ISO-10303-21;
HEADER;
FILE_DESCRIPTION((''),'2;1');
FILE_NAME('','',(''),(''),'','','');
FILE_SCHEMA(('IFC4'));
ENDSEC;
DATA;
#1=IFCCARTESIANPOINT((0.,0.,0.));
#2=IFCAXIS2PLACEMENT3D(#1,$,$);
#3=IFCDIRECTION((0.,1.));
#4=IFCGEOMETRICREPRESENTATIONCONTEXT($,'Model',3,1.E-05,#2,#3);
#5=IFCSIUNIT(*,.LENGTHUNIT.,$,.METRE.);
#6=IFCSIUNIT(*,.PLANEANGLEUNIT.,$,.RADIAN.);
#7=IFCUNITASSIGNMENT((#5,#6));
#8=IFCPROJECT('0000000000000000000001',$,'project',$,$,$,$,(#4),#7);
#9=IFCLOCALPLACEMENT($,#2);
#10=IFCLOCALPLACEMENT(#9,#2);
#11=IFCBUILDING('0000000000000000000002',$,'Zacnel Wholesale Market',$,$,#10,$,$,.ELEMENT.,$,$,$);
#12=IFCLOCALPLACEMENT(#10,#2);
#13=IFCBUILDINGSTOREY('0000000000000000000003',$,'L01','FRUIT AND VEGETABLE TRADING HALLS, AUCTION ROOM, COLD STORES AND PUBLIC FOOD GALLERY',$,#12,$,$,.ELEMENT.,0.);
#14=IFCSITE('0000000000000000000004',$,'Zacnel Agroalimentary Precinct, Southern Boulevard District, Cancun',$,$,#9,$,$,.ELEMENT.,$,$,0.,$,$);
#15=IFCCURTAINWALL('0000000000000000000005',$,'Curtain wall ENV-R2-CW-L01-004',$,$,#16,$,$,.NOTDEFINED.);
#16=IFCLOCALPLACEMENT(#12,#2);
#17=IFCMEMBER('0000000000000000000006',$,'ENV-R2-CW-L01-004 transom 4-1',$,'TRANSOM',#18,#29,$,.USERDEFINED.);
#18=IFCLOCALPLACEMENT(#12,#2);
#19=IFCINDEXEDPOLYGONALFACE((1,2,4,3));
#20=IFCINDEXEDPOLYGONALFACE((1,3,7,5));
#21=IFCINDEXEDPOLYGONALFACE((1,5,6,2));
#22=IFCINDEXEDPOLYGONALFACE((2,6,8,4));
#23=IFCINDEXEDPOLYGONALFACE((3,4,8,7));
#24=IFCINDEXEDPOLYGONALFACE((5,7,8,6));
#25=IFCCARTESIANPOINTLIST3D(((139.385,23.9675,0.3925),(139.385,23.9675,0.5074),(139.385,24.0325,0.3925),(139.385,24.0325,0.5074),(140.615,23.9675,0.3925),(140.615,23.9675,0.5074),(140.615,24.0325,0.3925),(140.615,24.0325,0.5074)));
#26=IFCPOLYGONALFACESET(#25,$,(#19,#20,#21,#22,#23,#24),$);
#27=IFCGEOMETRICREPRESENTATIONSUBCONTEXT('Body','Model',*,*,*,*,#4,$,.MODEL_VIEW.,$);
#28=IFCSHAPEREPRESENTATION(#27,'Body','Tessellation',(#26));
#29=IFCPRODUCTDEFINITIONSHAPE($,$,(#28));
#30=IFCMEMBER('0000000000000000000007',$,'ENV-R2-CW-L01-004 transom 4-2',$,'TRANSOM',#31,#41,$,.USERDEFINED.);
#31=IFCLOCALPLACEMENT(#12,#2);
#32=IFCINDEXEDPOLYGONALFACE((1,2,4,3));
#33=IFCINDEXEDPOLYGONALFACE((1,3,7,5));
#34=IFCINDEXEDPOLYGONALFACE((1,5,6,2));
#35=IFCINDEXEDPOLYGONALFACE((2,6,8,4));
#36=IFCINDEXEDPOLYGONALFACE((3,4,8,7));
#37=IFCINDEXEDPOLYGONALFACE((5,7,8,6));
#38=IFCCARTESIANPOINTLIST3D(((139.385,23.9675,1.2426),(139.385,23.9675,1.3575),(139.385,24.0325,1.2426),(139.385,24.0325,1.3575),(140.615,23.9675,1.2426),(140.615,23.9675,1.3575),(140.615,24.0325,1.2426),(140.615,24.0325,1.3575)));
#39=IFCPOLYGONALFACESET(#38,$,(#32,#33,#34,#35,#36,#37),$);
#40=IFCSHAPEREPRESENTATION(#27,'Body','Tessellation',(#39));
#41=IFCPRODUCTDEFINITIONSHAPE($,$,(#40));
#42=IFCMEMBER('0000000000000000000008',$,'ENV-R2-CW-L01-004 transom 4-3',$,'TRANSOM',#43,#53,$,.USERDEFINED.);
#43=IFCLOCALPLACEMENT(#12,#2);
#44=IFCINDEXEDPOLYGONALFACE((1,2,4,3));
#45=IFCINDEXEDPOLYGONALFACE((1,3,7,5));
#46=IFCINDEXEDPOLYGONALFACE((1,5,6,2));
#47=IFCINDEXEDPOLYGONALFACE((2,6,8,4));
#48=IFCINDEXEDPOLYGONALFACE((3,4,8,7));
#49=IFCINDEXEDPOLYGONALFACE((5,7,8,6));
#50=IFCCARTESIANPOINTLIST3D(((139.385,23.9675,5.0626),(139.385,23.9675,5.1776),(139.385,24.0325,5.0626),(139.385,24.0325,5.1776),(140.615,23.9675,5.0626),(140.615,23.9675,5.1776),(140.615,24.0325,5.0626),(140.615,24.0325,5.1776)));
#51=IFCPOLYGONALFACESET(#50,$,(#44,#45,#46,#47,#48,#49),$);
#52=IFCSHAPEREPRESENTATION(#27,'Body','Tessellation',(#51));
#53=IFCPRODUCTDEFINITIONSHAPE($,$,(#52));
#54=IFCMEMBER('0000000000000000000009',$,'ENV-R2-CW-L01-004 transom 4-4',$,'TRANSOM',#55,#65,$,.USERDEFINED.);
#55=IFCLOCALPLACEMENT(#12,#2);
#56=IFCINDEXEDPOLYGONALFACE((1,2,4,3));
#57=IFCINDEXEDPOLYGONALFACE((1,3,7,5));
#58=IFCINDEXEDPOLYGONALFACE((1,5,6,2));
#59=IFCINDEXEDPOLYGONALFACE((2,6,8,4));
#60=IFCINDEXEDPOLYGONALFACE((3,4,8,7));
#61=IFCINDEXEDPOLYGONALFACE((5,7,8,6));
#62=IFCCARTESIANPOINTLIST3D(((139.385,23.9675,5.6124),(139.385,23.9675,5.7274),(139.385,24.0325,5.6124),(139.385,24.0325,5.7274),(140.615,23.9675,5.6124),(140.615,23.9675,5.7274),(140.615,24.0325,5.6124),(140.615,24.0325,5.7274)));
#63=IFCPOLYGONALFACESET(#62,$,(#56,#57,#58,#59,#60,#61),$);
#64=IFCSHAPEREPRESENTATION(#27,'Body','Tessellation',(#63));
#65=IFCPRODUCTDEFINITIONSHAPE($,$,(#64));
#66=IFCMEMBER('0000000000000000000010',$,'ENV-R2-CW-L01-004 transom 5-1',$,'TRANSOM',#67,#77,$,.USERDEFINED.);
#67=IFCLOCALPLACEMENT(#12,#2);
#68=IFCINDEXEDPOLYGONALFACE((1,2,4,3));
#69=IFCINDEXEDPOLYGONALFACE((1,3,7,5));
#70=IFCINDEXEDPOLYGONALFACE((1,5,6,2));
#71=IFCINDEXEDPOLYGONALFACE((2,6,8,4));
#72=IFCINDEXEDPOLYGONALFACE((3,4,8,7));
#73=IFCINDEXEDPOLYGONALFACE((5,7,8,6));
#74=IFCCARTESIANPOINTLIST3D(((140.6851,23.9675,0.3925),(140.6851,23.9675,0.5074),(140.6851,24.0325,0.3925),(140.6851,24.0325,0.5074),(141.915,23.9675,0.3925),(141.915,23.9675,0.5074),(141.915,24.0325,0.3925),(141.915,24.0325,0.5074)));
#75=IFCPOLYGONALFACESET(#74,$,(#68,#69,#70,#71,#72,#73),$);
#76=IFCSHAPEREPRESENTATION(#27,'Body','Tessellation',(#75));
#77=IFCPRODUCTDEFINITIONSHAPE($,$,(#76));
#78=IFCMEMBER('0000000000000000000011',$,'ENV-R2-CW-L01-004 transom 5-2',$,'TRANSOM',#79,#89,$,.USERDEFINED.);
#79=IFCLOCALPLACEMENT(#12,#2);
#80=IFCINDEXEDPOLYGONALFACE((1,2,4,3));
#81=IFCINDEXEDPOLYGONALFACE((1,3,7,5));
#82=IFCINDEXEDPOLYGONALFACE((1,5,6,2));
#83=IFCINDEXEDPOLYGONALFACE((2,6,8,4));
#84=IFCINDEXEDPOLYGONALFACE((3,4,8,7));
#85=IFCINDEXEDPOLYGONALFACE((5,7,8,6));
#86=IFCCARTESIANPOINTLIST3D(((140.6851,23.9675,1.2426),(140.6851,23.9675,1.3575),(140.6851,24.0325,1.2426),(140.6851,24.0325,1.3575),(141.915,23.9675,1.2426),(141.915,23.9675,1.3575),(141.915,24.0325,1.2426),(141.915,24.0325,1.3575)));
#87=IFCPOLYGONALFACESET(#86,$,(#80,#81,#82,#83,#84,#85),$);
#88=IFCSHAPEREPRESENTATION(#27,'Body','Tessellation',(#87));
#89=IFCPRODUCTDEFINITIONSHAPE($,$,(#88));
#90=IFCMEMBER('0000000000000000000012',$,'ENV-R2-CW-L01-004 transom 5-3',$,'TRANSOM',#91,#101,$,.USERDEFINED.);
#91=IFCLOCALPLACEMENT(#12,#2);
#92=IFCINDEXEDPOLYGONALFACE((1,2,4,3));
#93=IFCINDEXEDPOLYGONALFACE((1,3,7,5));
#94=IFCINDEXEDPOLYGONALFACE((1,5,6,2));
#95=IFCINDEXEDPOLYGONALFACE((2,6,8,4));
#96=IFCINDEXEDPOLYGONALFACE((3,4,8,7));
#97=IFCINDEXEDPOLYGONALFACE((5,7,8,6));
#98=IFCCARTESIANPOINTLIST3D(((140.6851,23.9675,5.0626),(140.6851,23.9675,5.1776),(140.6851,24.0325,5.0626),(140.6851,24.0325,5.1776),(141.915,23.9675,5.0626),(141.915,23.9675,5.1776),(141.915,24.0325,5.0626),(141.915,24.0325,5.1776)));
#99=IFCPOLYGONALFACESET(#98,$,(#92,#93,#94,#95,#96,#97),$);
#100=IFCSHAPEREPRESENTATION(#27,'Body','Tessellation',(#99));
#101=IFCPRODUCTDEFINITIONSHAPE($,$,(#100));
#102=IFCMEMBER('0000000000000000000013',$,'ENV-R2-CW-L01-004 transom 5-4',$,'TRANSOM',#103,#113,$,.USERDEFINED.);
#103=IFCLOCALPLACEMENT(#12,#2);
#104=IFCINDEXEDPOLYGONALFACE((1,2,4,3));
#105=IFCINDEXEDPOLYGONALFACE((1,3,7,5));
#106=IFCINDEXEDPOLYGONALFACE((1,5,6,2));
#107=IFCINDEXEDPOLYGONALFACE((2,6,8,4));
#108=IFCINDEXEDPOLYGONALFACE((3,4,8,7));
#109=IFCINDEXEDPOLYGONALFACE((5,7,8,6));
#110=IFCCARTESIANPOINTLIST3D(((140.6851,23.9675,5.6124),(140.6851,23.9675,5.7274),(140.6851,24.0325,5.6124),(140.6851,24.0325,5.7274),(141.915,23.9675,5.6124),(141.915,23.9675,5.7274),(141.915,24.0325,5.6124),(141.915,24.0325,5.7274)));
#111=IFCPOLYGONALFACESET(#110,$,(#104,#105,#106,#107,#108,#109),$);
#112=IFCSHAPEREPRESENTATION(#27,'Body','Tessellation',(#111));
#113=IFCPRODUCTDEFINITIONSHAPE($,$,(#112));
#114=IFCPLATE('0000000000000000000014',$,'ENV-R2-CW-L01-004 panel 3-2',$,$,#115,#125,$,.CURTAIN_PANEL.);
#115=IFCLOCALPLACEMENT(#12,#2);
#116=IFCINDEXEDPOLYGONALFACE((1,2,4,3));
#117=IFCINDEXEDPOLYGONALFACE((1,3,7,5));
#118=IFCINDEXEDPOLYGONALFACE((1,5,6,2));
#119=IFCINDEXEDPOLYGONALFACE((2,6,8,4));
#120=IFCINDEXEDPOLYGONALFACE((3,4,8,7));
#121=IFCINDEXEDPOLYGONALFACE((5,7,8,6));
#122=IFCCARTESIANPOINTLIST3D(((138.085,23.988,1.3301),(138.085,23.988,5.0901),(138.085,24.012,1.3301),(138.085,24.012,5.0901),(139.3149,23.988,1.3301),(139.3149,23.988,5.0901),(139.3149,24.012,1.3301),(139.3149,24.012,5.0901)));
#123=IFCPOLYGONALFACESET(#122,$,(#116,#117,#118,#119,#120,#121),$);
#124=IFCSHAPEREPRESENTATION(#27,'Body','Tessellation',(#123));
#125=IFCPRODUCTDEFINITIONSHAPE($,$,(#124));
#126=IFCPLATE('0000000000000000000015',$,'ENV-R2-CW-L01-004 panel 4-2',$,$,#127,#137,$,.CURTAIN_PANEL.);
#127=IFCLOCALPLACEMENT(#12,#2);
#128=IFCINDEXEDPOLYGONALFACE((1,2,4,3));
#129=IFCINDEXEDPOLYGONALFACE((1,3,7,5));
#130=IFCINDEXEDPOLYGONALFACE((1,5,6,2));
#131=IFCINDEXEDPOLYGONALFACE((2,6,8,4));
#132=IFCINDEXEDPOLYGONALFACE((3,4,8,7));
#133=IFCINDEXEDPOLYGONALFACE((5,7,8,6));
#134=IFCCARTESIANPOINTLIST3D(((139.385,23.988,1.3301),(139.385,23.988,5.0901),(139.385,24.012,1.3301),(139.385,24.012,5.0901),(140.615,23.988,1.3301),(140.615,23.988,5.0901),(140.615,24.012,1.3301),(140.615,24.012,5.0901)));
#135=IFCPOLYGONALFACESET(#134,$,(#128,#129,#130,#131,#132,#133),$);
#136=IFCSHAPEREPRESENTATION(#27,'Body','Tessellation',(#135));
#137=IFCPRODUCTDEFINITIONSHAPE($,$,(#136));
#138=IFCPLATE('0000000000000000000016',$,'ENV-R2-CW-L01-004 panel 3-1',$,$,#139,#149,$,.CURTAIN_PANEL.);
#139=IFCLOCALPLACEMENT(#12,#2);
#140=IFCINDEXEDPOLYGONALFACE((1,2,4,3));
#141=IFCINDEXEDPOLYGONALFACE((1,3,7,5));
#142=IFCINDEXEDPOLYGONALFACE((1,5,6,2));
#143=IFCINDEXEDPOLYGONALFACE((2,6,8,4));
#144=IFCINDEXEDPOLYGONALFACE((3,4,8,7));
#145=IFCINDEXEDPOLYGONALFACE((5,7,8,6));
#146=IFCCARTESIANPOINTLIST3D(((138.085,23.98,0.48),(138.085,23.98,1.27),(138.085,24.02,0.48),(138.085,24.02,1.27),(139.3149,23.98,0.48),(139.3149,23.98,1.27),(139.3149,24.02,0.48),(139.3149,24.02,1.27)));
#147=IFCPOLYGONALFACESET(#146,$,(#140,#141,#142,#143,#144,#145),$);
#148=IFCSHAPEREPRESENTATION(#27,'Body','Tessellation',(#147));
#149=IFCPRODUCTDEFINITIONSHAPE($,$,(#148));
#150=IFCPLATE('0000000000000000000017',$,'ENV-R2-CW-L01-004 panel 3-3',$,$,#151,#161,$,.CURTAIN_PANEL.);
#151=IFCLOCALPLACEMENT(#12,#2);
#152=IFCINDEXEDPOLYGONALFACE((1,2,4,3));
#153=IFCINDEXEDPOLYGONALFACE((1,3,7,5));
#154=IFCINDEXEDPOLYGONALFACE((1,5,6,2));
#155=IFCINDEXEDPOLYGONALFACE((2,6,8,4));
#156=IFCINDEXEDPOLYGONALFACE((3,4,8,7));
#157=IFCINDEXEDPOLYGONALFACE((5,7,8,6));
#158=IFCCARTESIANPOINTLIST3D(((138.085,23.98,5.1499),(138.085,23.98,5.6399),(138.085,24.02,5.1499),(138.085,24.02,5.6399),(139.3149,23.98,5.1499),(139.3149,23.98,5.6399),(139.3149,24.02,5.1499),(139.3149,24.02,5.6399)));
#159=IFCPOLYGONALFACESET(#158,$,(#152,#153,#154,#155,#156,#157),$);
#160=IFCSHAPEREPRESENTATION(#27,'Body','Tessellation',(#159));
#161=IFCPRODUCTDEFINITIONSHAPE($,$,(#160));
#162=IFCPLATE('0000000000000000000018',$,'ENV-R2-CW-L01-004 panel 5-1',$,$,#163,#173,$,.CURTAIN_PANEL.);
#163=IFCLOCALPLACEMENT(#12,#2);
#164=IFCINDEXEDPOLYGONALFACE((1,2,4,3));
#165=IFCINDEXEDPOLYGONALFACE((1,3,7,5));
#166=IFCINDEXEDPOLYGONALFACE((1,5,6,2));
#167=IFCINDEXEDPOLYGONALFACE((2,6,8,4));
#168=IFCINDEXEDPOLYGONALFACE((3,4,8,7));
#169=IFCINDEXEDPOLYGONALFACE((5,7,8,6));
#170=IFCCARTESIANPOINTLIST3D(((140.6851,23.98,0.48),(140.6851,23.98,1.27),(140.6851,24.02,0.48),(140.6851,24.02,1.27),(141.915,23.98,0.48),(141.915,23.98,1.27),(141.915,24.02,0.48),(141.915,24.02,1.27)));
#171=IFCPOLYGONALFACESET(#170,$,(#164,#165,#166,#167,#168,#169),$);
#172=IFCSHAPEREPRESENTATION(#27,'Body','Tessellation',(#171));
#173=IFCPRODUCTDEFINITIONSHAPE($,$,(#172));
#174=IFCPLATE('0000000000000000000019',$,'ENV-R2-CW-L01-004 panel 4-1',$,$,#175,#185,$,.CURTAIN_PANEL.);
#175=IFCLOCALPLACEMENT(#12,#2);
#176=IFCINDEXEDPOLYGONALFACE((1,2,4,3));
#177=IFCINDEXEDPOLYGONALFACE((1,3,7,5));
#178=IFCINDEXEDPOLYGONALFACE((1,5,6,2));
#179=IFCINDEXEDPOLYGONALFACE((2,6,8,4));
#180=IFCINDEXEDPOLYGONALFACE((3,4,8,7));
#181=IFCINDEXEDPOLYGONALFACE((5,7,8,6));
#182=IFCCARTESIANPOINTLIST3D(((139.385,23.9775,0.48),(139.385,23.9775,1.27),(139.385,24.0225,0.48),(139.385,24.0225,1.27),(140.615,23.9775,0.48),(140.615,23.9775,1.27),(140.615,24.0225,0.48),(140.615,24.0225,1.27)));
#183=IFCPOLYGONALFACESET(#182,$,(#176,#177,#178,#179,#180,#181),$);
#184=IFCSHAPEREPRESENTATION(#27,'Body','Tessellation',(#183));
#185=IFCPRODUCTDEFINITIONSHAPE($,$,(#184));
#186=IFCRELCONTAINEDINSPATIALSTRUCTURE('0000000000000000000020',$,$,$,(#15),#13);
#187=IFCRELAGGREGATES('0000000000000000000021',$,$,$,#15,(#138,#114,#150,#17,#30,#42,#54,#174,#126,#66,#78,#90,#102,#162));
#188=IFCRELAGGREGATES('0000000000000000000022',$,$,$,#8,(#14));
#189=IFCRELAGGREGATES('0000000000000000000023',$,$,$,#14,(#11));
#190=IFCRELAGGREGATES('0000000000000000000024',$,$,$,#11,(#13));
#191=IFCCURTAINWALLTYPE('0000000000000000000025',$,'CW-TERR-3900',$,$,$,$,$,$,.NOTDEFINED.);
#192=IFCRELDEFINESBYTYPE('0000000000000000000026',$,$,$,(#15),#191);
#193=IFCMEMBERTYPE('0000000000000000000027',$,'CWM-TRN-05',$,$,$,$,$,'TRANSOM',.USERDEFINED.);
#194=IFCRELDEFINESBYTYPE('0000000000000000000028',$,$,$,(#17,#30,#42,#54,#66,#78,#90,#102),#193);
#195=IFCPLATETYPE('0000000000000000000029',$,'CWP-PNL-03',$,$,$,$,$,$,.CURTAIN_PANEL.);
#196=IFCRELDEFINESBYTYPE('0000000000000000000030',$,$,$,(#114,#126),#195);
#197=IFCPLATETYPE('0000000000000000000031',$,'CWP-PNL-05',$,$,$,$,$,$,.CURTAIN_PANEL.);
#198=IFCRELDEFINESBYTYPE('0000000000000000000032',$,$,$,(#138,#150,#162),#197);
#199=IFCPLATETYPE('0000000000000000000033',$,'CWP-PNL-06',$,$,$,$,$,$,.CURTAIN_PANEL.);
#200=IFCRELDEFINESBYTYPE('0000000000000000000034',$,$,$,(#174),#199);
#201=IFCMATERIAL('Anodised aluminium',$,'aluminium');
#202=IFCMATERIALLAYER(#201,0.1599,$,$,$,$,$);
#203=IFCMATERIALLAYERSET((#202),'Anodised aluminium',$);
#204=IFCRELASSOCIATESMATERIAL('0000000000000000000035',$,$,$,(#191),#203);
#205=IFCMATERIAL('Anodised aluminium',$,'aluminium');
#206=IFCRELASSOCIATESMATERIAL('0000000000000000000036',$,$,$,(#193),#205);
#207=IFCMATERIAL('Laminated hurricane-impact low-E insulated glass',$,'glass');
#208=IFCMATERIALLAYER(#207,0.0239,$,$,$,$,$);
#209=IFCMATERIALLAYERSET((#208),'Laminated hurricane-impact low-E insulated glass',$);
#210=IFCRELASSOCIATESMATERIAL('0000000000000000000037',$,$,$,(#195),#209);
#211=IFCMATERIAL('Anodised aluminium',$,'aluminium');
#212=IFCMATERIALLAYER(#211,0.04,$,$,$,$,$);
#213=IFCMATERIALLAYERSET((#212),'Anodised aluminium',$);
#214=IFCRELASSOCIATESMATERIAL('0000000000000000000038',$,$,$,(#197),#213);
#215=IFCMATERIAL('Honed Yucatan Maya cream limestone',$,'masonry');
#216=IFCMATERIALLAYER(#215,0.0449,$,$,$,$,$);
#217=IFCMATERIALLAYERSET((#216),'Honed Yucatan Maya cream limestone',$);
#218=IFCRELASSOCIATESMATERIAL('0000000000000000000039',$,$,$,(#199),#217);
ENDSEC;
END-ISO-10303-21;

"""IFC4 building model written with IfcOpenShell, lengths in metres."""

from ifc_helpers import new_model, si_unit, direction, frame, origin, origin_2d, place, context, subcontext, project, spatial, rectangle, extrude, material, layer, layer_set, material_profile, profile_set, type_object, element, aggregate, save


model = new_model("IFC4")

# Units and contexts
model_context = context("Model", 3, precision=1e-05, world=origin(), true_north=direction((0.0, 1.0)))
body_context = subcontext(model_context, "Body", "Model", "MODEL_VIEW")
ifc_project = project(units=[si_unit("LENGTHUNIT", "METRE"), si_unit("PLANEANGLEUNIT", "RADIAN")], contexts=[model_context])

# Site, building, storey
site_placement = place(None, origin())
site = spatial("IfcSite", under=ifc_project, at=site_placement, Name="Zacnel Agroalimentary Precinct, Southern Boulevard District, Cancun", CompositionType="ELEMENT", RefElevation=0.0)
building_placement = place(site_placement, origin())
building = spatial("IfcBuilding", under=site, at=building_placement, Name="Zacnel Wholesale Market", CompositionType="ELEMENT")
storey_placement = place(building_placement, origin())
storey = spatial("IfcBuildingStorey", under=building, at=storey_placement, Name="L01", Description="FRUIT AND VEGETABLE TRADING HALLS, AUCTION ROOM, COLD STORES AND PUBLIC FOOD GALLERY", CompositionType="ELEMENT", Elevation=0.0)

# Curtain wall, members, plates
ifc_material_1 = material(Name="Anodised aluminium", Category="aluminium")
ifc_layer_1 = layer(ifc_material_1, 0.1599)
ifc_layer_set_1 = layer_set([ifc_layer_1], Name="Anodised aluminium")
curtain_wall_type = type_object("IfcCurtainWallType", Name="CW-TERR-3900", PredefinedType="NOTDEFINED", material=ifc_layer_set_1)
curtain_wall_placement = place(storey_placement, origin())
curtain_wall = element("IfcCurtainWall", 1, at=curtain_wall_placement, inside=storey, type_object=curtain_wall_type, Name="Curtain wall ENV-R2-CW-L01-004", PredefinedType="NOTDEFINED")
ifc_material_2 = material(Name="Anodised aluminium", Category="aluminium")
ifc_material_profile_1 = material_profile(ifc_material_2, rectangle(XDim=0.0649, YDim=0.115, at=origin_2d()), Name="AW-TRANSOM 65x115")
ifc_profile_set_1 = profile_set([ifc_material_profile_1], Name="Anodised aluminium")
member_type_1 = type_object("IfcMemberType", Name="CWM-TRN-05", ElementType="TRANSOM", PredefinedType="USERDEFINED", material=ifc_profile_set_1)
member_1_placement = place(storey_placement, frame((139.385, 24.0, 0.45), z_axis=(1.0, 0.0, 0.0), x_axis=(0.0, 1.0, 0.0)))
member_1 = element("IfcMember", 2, at=member_1_placement, type_object=member_type_1, Name="ENV-R2-CW-L01-004 transom 4-1", ObjectType="TRANSOM", PredefinedType="USERDEFINED", context=body_context, shape_type="SweptSolid", body=[
    extrude(rectangle(XDim=0.0649, YDim=0.115, at=origin_2d()), origin(), (0.0, 0.0, 1.0), 1.23),
])
member_2_placement = place(storey_placement, frame((139.385, 24.0, 1.3), z_axis=(1.0, 0.0, 0.0), x_axis=(0.0, 1.0, 0.0)))
member_2 = element("IfcMember", 3, at=member_2_placement, type_object=member_type_1, Name="ENV-R2-CW-L01-004 transom 4-2", ObjectType="TRANSOM", PredefinedType="USERDEFINED", context=body_context, shape_type="SweptSolid", body=[
    extrude(rectangle(XDim=0.0649, YDim=0.115, at=origin_2d()), origin(), (0.0, 0.0, 1.0), 1.23),
])
member_3_placement = place(storey_placement, frame((139.385, 24.0, 5.1201), z_axis=(1.0, 0.0, 0.0), x_axis=(0.0, 1.0, 0.0)))
member_3 = element("IfcMember", 4, at=member_3_placement, type_object=member_type_1, Name="ENV-R2-CW-L01-004 transom 4-3", ObjectType="TRANSOM", PredefinedType="USERDEFINED", context=body_context, shape_type="SweptSolid", body=[
    extrude(rectangle(XDim=0.0649, YDim=0.115, at=origin_2d()), origin(), (0.0, 0.0, 1.0), 1.23),
])
member_4_placement = place(storey_placement, frame((139.385, 24.0, 5.6699), z_axis=(1.0, 0.0, 0.0), x_axis=(0.0, 1.0, 0.0)))
member_4 = element("IfcMember", 5, at=member_4_placement, type_object=member_type_1, Name="ENV-R2-CW-L01-004 transom 4-4", ObjectType="TRANSOM", PredefinedType="USERDEFINED", context=body_context, shape_type="SweptSolid", body=[
    extrude(rectangle(XDim=0.0649, YDim=0.115, at=origin_2d()), origin(), (0.0, 0.0, 1.0), 1.23),
])
member_5_placement = place(storey_placement, frame((140.6851, 24.0, 0.45), z_axis=(1.0, 0.0, 0.0), x_axis=(0.0, 1.0, 0.0)))
member_5 = element("IfcMember", 6, at=member_5_placement, type_object=member_type_1, Name="ENV-R2-CW-L01-004 transom 5-1", ObjectType="TRANSOM", PredefinedType="USERDEFINED", context=body_context, shape_type="SweptSolid", body=[
    extrude(rectangle(XDim=0.0649, YDim=0.115, at=origin_2d()), origin(), (0.0, 0.0, 1.0), 1.23),
])
member_6_placement = place(storey_placement, frame((140.6851, 24.0, 1.3), z_axis=(1.0, 0.0, 0.0), x_axis=(0.0, 1.0, 0.0)))
member_6 = element("IfcMember", 7, at=member_6_placement, type_object=member_type_1, Name="ENV-R2-CW-L01-004 transom 5-2", ObjectType="TRANSOM", PredefinedType="USERDEFINED", context=body_context, shape_type="SweptSolid", body=[
    extrude(rectangle(XDim=0.0649, YDim=0.115, at=origin_2d()), origin(), (0.0, 0.0, 1.0), 1.23),
])
member_7_placement = place(storey_placement, frame((140.6851, 24.0, 5.1201), z_axis=(1.0, 0.0, 0.0), x_axis=(0.0, 1.0, 0.0)))
member_7 = element("IfcMember", 8, at=member_7_placement, type_object=member_type_1, Name="ENV-R2-CW-L01-004 transom 5-3", ObjectType="TRANSOM", PredefinedType="USERDEFINED", context=body_context, shape_type="SweptSolid", body=[
    extrude(rectangle(XDim=0.0649, YDim=0.115, at=origin_2d()), origin(), (0.0, 0.0, 1.0), 1.23),
])
member_8_placement = place(storey_placement, frame((140.6851, 24.0, 5.6699), z_axis=(1.0, 0.0, 0.0), x_axis=(0.0, 1.0, 0.0)))
member_8 = element("IfcMember", 9, at=member_8_placement, type_object=member_type_1, Name="ENV-R2-CW-L01-004 transom 5-4", ObjectType="TRANSOM", PredefinedType="USERDEFINED", context=body_context, shape_type="SweptSolid", body=[
    extrude(rectangle(XDim=0.0649, YDim=0.115, at=origin_2d()), origin(), (0.0, 0.0, 1.0), 1.23),
])
ifc_material_3 = material(Name="Laminated hurricane-impact low-E insulated glass", Category="glass")
ifc_layer_2 = layer(ifc_material_3, 0.0239)
ifc_layer_set_2 = layer_set([ifc_layer_2], Name="Laminated hurricane-impact low-E insulated glass")
plate_type_1 = type_object("IfcPlateType", Name="CWP-PNL-03", PredefinedType="CURTAIN_PANEL", material=ifc_layer_set_2)
plate_1_placement = place(storey_placement, frame((138.7, 24.0, 1.3301), z_axis=(0.0, 0.0, 1.0), x_axis=(1.0, 0.0, 0.0)))
plate_1 = element("IfcPlate", 10, at=plate_1_placement, type_object=plate_type_1, Name="ENV-R2-CW-L01-004 panel 3-2", PredefinedType="CURTAIN_PANEL", context=body_context, shape_type="SweptSolid", body=[
    extrude(rectangle(XDim=1.23, YDim=0.0239, at=origin_2d()), origin(), (0.0, 0.0, 1.0), 3.76),
])
plate_2_placement = place(storey_placement, frame((140.0, 24.0, 1.3301), z_axis=(0.0, 0.0, 1.0), x_axis=(1.0, 0.0, 0.0)))
plate_2 = element("IfcPlate", 11, at=plate_2_placement, type_object=plate_type_1, Name="ENV-R2-CW-L01-004 panel 4-2", PredefinedType="CURTAIN_PANEL", context=body_context, shape_type="SweptSolid", body=[
    extrude(rectangle(XDim=1.23, YDim=0.0239, at=origin_2d()), origin(), (0.0, 0.0, 1.0), 3.76),
])
ifc_material_4 = material(Name="Anodised aluminium", Category="aluminium")
ifc_layer_3 = layer(ifc_material_4, 0.04)
ifc_layer_set_3 = layer_set([ifc_layer_3], Name="Anodised aluminium")
plate_type_2 = type_object("IfcPlateType", Name="CWP-PNL-05", PredefinedType="CURTAIN_PANEL", material=ifc_layer_set_3)
plate_3_placement = place(storey_placement, frame((138.7, 24.0, 0.48), z_axis=(0.0, 0.0, 1.0), x_axis=(1.0, 0.0, 0.0)))
plate_3 = element("IfcPlate", 12, at=plate_3_placement, type_object=plate_type_2, Name="ENV-R2-CW-L01-004 panel 3-1", PredefinedType="CURTAIN_PANEL", context=body_context, shape_type="SweptSolid", body=[
    extrude(rectangle(XDim=1.23, YDim=0.04, at=origin_2d()), origin(), (0.0, 0.0, 1.0), 0.79),
])
plate_4_placement = place(storey_placement, frame((138.7, 24.0, 5.1499), z_axis=(0.0, 0.0, 1.0), x_axis=(1.0, 0.0, 0.0)))
plate_4 = element("IfcPlate", 13, at=plate_4_placement, type_object=plate_type_2, Name="ENV-R2-CW-L01-004 panel 3-3", PredefinedType="CURTAIN_PANEL", context=body_context, shape_type="SweptSolid", body=[
    extrude(rectangle(XDim=1.23, YDim=0.04, at=origin_2d()), origin(), (0.0, 0.0, 1.0), 0.49),
])
plate_5_placement = place(storey_placement, frame((141.3, 24.0, 0.48), z_axis=(0.0, 0.0, 1.0), x_axis=(1.0, 0.0, 0.0)))
plate_5 = element("IfcPlate", 14, at=plate_5_placement, type_object=plate_type_2, Name="ENV-R2-CW-L01-004 panel 5-1", PredefinedType="CURTAIN_PANEL", context=body_context, shape_type="SweptSolid", body=[
    extrude(rectangle(XDim=1.23, YDim=0.04, at=origin_2d()), origin(), (0.0, 0.0, 1.0), 0.79),
])
ifc_material_5 = material(Name="Honed Yucatan Maya cream limestone", Category="masonry")
ifc_layer_4 = layer(ifc_material_5, 0.0449)
ifc_layer_set_4 = layer_set([ifc_layer_4], Name="Honed Yucatan Maya cream limestone")
plate_type_3 = type_object("IfcPlateType", Name="CWP-PNL-06", PredefinedType="CURTAIN_PANEL", material=ifc_layer_set_4)
plate_6_placement = place(storey_placement, frame((140.0, 24.0, 0.48), z_axis=(0.0, 0.0, 1.0), x_axis=(1.0, 0.0, 0.0)))
plate_6 = element("IfcPlate", 15, at=plate_6_placement, type_object=plate_type_3, Name="ENV-R2-CW-L01-004 panel 4-1", PredefinedType="CURTAIN_PANEL", context=body_context, shape_type="SweptSolid", body=[
    extrude(rectangle(XDim=1.23, YDim=0.0449, at=origin_2d()), origin(), (0.0, 0.0, 1.0), 0.79),
])
aggregate(curtain_wall, [plate_3, plate_1, plate_4, member_1, member_2, member_3, member_4, plate_6, plate_2, member_5, member_6, member_7, member_8, plate_5])

save(model, "model.ifc")
